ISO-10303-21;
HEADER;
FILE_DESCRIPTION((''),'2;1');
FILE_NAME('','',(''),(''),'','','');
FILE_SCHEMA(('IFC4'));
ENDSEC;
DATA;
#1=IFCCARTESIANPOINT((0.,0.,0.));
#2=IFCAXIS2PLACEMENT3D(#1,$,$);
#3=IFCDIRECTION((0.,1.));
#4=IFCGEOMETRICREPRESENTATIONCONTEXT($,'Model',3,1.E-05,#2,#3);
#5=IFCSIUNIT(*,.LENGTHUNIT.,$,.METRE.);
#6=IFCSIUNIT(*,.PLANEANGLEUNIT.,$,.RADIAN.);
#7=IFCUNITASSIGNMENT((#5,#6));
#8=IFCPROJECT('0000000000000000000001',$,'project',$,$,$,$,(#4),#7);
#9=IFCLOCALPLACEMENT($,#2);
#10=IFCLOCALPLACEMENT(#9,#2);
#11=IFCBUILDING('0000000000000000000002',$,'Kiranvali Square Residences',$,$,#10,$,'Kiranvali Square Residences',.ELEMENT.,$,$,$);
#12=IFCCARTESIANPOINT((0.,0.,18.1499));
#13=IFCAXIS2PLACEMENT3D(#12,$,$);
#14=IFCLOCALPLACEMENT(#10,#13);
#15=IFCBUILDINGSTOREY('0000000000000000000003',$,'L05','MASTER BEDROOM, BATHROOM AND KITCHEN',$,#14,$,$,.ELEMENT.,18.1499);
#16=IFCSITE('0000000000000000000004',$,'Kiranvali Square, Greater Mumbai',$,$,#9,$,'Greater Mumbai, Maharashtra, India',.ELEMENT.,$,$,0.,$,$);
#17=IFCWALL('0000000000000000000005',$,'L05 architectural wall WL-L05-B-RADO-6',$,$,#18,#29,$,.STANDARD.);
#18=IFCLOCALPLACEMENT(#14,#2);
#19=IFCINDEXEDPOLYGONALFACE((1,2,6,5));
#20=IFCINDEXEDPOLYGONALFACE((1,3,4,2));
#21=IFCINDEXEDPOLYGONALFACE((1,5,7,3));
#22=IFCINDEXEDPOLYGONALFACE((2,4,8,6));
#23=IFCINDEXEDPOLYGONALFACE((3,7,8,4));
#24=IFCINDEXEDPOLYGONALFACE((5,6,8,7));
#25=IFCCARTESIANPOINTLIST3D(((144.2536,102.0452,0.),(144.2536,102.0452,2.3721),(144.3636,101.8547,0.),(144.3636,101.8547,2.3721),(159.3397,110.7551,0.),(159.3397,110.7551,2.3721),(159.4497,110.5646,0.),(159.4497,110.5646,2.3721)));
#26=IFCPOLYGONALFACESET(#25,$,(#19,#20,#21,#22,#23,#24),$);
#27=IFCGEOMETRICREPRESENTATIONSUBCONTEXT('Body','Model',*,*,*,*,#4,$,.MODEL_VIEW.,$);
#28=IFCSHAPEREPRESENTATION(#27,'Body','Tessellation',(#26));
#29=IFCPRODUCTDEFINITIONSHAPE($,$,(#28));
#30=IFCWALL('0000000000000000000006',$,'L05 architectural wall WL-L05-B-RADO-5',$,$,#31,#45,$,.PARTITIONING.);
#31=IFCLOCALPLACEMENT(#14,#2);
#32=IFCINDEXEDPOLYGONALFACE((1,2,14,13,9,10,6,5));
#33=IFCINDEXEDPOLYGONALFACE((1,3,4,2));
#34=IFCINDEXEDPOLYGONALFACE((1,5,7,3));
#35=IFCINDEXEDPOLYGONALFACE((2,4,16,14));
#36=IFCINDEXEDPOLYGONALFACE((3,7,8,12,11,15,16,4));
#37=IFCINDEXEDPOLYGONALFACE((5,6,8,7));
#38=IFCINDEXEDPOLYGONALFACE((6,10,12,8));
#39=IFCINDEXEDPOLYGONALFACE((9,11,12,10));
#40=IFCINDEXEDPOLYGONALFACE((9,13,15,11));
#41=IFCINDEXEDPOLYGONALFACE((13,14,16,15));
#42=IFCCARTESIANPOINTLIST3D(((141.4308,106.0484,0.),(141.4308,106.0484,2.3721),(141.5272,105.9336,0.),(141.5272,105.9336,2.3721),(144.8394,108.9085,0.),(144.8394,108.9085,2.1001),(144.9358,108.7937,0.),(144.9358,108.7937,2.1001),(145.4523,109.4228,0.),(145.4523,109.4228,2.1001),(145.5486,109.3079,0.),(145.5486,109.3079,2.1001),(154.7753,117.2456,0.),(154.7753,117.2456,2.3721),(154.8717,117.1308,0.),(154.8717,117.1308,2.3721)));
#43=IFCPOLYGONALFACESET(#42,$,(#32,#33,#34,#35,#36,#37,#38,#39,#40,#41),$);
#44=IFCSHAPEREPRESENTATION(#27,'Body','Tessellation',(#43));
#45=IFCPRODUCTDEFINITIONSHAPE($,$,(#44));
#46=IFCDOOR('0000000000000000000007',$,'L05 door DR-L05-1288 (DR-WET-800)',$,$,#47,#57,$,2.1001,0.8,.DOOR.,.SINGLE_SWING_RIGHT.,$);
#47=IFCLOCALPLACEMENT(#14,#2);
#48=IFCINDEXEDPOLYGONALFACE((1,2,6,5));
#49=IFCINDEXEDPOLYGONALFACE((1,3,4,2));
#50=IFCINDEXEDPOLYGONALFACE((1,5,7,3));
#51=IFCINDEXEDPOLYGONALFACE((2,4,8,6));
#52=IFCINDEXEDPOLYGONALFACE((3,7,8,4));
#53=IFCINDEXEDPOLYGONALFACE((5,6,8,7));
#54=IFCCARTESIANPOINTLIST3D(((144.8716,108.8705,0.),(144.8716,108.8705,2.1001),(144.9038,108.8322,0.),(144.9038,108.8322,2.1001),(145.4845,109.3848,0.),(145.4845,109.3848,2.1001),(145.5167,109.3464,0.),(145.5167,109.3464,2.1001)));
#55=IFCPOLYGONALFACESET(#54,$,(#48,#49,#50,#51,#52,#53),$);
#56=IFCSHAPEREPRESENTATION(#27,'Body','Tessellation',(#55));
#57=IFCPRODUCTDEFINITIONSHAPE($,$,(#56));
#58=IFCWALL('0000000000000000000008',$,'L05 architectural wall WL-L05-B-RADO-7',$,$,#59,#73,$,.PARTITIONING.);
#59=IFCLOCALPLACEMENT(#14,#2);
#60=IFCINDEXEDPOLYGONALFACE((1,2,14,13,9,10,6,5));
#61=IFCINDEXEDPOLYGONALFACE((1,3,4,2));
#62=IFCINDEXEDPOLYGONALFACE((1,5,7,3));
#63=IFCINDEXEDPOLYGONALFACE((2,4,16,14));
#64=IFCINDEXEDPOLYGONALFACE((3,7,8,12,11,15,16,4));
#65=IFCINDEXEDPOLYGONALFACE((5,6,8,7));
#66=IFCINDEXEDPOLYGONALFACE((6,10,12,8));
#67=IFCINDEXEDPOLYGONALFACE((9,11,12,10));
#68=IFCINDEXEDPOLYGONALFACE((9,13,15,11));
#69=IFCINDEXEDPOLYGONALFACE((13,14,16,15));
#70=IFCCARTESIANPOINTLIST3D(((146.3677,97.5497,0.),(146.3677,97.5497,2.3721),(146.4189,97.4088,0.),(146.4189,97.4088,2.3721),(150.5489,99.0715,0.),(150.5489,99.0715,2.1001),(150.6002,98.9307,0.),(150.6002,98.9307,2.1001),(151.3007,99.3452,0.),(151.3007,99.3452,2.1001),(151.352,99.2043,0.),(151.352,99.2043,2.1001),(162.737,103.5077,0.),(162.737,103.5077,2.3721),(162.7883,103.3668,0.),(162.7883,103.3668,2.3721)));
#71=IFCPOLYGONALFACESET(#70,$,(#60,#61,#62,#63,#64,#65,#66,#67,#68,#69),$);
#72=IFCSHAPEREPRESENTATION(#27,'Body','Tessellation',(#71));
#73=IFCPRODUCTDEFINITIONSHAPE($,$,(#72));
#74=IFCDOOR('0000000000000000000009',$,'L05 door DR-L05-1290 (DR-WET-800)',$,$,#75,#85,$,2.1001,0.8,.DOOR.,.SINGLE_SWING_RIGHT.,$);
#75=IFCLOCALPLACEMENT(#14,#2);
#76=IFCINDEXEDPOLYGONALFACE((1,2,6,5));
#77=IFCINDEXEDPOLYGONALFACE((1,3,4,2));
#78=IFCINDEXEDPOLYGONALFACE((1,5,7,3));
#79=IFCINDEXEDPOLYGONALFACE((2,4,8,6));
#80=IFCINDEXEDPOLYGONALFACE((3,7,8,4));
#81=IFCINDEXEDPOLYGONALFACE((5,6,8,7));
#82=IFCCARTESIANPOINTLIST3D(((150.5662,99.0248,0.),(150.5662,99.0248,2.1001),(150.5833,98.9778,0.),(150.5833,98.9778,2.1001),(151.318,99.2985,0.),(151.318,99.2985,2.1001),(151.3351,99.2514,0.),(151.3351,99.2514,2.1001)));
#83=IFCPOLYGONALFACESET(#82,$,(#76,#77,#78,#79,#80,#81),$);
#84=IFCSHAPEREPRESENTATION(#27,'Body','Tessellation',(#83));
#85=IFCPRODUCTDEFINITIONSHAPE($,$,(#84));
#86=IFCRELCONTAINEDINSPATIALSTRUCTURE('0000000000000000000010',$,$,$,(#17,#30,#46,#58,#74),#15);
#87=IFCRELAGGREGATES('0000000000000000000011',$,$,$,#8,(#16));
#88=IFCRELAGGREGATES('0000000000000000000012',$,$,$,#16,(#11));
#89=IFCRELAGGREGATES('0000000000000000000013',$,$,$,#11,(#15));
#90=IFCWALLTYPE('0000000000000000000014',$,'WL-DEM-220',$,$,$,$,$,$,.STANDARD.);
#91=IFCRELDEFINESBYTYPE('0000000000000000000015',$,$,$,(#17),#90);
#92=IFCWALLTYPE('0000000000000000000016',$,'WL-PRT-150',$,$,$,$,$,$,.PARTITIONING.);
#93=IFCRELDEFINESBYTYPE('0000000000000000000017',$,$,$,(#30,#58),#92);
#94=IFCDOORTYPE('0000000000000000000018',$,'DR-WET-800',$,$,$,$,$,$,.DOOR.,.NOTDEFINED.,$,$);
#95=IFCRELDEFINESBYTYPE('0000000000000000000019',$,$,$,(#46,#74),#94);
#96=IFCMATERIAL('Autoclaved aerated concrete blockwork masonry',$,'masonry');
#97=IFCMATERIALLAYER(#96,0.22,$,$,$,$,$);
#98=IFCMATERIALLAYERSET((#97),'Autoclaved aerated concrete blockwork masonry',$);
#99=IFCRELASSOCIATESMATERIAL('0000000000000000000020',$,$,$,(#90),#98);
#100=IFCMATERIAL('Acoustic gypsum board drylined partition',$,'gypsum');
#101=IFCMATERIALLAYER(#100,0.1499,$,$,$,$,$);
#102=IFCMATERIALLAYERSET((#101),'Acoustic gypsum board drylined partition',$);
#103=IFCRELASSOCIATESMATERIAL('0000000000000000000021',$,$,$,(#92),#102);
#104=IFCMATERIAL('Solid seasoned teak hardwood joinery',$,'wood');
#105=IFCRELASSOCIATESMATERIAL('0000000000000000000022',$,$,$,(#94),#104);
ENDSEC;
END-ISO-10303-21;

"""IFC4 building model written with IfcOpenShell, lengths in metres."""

from ifc_helpers import new_model, si_unit, direction, frame, frame_2d, origin, place, context, subcontext, project, spatial, rectangle, extrude, material, layer, layer_set, type_object, element, fill, save


model = new_model("IFC4")

# Units and contexts
model_context = context("Model", 3, precision=1e-05, world=origin(), true_north=direction((0.0, 1.0)))
body_context = subcontext(model_context, "Body", "Model", "MODEL_VIEW")
ifc_project = project(units=[si_unit("LENGTHUNIT", "METRE"), si_unit("PLANEANGLEUNIT", "RADIAN")], contexts=[model_context])

# Site, building, storey
site_placement = place(None, origin())
site = spatial("IfcSite", under=ifc_project, at=site_placement, Name="Kiranvali Square, Greater Mumbai", LongName="Greater Mumbai, Maharashtra, India", CompositionType="ELEMENT", RefElevation=0.0)
building_placement = place(site_placement, origin())
building = spatial("IfcBuilding", under=site, at=building_placement, Name="Kiranvali Square Residences", LongName="Kiranvali Square Residences", CompositionType="ELEMENT")
storey_placement = place(building_placement, frame((0.0, 0.0, 18.1499)))
storey = spatial("IfcBuildingStorey", under=building, at=storey_placement, Name="L05", Description="MASTER BEDROOM, BATHROOM AND KITCHEN", CompositionType="ELEMENT", Elevation=18.1499)

# Shared definitions
ifc_material_1 = material(Name="Autoclaved aerated concrete blockwork masonry", Category="masonry")

# Wall
ifc_layer_1 = layer(ifc_material_1, 0.22)
ifc_layer_set_1 = layer_set([ifc_layer_1], Name="Autoclaved aerated concrete blockwork masonry")
wall_type_1 = type_object("IfcWallType", Name="WL-DEM-220", PredefinedType="STANDARD", material=ifc_layer_set_1)
wall_1_placement = place(storey_placement, frame((144.3086, 101.95, 0.0), z_axis=(0.0, 0.0, 1.0), x_axis=(0.866027, 0.499998, 0.0)))
element("IfcWall", 1, at=wall_1_placement, inside=storey, type_object=wall_type_1, Name="L05 architectural wall WL-L05-B-RADO-6", PredefinedType="STANDARD", context=body_context, shape_type="SweptSolid", body=[
    extrude(rectangle(XDim=17.4199, YDim=0.22, at=frame_2d((8.71, 0.0))), origin(), (0.0, 0.0, 1.0), 2.3721),
])

# Walls, openings, doors
ifc_material_2 = material(Name="Acoustic gypsum board drylined partition", Category="gypsum")
ifc_layer_2 = layer(ifc_material_2, 0.1499)
ifc_layer_set_2 = layer_set([ifc_layer_2], Name="Acoustic gypsum board drylined partition")
wall_type_2 = type_object("IfcWallType", Name="WL-PRT-150", PredefinedType="PARTITIONING", material=ifc_layer_set_2)
wall_2_placement = place(storey_placement, frame((141.479, 105.991, 0.0), z_axis=(0.0, 0.0, 1.0), x_axis=(0.766047, 0.642785, 0.0)))
wall_2 = element("IfcWall", 2, at=wall_2_placement, inside=storey, type_object=wall_type_2, Name="L05 architectural wall WL-L05-B-RADO-5", PredefinedType="PARTITIONING", context=body_context, shape_type="SweptSolid", body=[
    extrude(rectangle(XDim=17.4199, YDim=0.1499, at=frame_2d((8.71, 0.0))), origin(), (0.0, 0.0, 1.0), 2.3721),
])
opening_1_placement = place(wall_2_placement, frame((4.4497, 0.0, 0.0)))
opening_1 = element("IfcOpeningElement", 3, at=opening_1_placement, cuts=wall_2, PredefinedType="OPENING", context=body_context, shape_type="SweptSolid", body=[
    extrude(rectangle(XDim=0.8, YDim=2.1001, at=frame_2d((0.3999, 1.05))), frame((0.0, 0.085, 0.0), z_axis=(0.0, -1.0, 0.0), x_axis=(1.0, 0.0, 0.0)), (0.0, 0.0, 1.0), 0.1699),
])
ifc_material_3 = material(Name="Solid seasoned teak hardwood joinery", Category="wood")
door_type_1 = type_object("IfcDoorType", Name="DR-WET-800", OperationType="NOTDEFINED", PredefinedType="DOOR", material=ifc_material_3)
door_1_placement = place(opening_1_placement, frame((0.8, 0.0, 0.0), z_axis=(0.0, 0.0, 1.0), x_axis=(-1.0, 0.0, 0.0)))
door_1 = element("IfcDoor", 4, at=door_1_placement, inside=storey, type_object=door_type_1, Name="L05 door DR-L05-1288 (DR-WET-800)", OperationType="SINGLE_SWING_RIGHT", OverallHeight=2.1001, OverallWidth=0.8, PredefinedType="DOOR", context=body_context, shape_type="SweptSolid", body=[
    extrude(rectangle(XDim=0.8, YDim=2.1001, at=frame_2d((0.3999, 1.05))), frame((0.0, 0.0249, 0.0), z_axis=(0.0, -1.0, 0.0), x_axis=(1.0, 0.0, 0.0)), (0.0, 0.0, 1.0), 0.05),
])
fill(opening_1, door_1)
wall_3_placement = place(storey_placement, frame((146.3933, 97.4792, 0.0), z_axis=(0.0, 0.0, 1.0), x_axis=(0.939692, 0.342022, 0.0)))
wall_3 = element("IfcWall", 5, at=wall_3_placement, inside=storey, type_object=wall_type_2, Name="L05 architectural wall WL-L05-B-RADO-7", PredefinedType="PARTITIONING", context=body_context, shape_type="SweptSolid", body=[
    extrude(rectangle(XDim=17.4199, YDim=0.1499, at=frame_2d((8.71, 0.0))), origin(), (0.0, 0.0, 1.0), 2.3721),
])
opening_2_placement = place(wall_3_placement, frame((4.4497, 0.0, 0.0)))
opening_2 = element("IfcOpeningElement", 6, at=opening_2_placement, cuts=wall_3, PredefinedType="OPENING", context=body_context, shape_type="SweptSolid", body=[
    extrude(rectangle(XDim=0.8, YDim=2.1001, at=frame_2d((0.3999, 1.05))), frame((0.0, 0.085, 0.0), z_axis=(0.0, -1.0, 0.0), x_axis=(1.0, 0.0, 0.0)), (0.0, 0.0, 1.0), 0.1699),
])
door_2_placement = place(opening_2_placement, frame((0.8, 0.0, 0.0), z_axis=(0.0, 0.0, 1.0), x_axis=(-1.0, 0.0, 0.0)))
door_2 = element("IfcDoor", 7, at=door_2_placement, inside=storey, type_object=door_type_1, Name="L05 door DR-L05-1290 (DR-WET-800)", OperationType="SINGLE_SWING_RIGHT", OverallHeight=2.1001, OverallWidth=0.8, PredefinedType="DOOR", context=body_context, shape_type="SweptSolid", body=[
    extrude(rectangle(XDim=0.8, YDim=2.1001, at=frame_2d((0.3999, 1.05))), frame((0.0, 0.0249, 0.0), z_axis=(0.0, -1.0, 0.0), x_axis=(1.0, 0.0, 0.0)), (0.0, 0.0, 1.0), 0.05),
])
fill(opening_2, door_2)

save(model, "model.ifc")
